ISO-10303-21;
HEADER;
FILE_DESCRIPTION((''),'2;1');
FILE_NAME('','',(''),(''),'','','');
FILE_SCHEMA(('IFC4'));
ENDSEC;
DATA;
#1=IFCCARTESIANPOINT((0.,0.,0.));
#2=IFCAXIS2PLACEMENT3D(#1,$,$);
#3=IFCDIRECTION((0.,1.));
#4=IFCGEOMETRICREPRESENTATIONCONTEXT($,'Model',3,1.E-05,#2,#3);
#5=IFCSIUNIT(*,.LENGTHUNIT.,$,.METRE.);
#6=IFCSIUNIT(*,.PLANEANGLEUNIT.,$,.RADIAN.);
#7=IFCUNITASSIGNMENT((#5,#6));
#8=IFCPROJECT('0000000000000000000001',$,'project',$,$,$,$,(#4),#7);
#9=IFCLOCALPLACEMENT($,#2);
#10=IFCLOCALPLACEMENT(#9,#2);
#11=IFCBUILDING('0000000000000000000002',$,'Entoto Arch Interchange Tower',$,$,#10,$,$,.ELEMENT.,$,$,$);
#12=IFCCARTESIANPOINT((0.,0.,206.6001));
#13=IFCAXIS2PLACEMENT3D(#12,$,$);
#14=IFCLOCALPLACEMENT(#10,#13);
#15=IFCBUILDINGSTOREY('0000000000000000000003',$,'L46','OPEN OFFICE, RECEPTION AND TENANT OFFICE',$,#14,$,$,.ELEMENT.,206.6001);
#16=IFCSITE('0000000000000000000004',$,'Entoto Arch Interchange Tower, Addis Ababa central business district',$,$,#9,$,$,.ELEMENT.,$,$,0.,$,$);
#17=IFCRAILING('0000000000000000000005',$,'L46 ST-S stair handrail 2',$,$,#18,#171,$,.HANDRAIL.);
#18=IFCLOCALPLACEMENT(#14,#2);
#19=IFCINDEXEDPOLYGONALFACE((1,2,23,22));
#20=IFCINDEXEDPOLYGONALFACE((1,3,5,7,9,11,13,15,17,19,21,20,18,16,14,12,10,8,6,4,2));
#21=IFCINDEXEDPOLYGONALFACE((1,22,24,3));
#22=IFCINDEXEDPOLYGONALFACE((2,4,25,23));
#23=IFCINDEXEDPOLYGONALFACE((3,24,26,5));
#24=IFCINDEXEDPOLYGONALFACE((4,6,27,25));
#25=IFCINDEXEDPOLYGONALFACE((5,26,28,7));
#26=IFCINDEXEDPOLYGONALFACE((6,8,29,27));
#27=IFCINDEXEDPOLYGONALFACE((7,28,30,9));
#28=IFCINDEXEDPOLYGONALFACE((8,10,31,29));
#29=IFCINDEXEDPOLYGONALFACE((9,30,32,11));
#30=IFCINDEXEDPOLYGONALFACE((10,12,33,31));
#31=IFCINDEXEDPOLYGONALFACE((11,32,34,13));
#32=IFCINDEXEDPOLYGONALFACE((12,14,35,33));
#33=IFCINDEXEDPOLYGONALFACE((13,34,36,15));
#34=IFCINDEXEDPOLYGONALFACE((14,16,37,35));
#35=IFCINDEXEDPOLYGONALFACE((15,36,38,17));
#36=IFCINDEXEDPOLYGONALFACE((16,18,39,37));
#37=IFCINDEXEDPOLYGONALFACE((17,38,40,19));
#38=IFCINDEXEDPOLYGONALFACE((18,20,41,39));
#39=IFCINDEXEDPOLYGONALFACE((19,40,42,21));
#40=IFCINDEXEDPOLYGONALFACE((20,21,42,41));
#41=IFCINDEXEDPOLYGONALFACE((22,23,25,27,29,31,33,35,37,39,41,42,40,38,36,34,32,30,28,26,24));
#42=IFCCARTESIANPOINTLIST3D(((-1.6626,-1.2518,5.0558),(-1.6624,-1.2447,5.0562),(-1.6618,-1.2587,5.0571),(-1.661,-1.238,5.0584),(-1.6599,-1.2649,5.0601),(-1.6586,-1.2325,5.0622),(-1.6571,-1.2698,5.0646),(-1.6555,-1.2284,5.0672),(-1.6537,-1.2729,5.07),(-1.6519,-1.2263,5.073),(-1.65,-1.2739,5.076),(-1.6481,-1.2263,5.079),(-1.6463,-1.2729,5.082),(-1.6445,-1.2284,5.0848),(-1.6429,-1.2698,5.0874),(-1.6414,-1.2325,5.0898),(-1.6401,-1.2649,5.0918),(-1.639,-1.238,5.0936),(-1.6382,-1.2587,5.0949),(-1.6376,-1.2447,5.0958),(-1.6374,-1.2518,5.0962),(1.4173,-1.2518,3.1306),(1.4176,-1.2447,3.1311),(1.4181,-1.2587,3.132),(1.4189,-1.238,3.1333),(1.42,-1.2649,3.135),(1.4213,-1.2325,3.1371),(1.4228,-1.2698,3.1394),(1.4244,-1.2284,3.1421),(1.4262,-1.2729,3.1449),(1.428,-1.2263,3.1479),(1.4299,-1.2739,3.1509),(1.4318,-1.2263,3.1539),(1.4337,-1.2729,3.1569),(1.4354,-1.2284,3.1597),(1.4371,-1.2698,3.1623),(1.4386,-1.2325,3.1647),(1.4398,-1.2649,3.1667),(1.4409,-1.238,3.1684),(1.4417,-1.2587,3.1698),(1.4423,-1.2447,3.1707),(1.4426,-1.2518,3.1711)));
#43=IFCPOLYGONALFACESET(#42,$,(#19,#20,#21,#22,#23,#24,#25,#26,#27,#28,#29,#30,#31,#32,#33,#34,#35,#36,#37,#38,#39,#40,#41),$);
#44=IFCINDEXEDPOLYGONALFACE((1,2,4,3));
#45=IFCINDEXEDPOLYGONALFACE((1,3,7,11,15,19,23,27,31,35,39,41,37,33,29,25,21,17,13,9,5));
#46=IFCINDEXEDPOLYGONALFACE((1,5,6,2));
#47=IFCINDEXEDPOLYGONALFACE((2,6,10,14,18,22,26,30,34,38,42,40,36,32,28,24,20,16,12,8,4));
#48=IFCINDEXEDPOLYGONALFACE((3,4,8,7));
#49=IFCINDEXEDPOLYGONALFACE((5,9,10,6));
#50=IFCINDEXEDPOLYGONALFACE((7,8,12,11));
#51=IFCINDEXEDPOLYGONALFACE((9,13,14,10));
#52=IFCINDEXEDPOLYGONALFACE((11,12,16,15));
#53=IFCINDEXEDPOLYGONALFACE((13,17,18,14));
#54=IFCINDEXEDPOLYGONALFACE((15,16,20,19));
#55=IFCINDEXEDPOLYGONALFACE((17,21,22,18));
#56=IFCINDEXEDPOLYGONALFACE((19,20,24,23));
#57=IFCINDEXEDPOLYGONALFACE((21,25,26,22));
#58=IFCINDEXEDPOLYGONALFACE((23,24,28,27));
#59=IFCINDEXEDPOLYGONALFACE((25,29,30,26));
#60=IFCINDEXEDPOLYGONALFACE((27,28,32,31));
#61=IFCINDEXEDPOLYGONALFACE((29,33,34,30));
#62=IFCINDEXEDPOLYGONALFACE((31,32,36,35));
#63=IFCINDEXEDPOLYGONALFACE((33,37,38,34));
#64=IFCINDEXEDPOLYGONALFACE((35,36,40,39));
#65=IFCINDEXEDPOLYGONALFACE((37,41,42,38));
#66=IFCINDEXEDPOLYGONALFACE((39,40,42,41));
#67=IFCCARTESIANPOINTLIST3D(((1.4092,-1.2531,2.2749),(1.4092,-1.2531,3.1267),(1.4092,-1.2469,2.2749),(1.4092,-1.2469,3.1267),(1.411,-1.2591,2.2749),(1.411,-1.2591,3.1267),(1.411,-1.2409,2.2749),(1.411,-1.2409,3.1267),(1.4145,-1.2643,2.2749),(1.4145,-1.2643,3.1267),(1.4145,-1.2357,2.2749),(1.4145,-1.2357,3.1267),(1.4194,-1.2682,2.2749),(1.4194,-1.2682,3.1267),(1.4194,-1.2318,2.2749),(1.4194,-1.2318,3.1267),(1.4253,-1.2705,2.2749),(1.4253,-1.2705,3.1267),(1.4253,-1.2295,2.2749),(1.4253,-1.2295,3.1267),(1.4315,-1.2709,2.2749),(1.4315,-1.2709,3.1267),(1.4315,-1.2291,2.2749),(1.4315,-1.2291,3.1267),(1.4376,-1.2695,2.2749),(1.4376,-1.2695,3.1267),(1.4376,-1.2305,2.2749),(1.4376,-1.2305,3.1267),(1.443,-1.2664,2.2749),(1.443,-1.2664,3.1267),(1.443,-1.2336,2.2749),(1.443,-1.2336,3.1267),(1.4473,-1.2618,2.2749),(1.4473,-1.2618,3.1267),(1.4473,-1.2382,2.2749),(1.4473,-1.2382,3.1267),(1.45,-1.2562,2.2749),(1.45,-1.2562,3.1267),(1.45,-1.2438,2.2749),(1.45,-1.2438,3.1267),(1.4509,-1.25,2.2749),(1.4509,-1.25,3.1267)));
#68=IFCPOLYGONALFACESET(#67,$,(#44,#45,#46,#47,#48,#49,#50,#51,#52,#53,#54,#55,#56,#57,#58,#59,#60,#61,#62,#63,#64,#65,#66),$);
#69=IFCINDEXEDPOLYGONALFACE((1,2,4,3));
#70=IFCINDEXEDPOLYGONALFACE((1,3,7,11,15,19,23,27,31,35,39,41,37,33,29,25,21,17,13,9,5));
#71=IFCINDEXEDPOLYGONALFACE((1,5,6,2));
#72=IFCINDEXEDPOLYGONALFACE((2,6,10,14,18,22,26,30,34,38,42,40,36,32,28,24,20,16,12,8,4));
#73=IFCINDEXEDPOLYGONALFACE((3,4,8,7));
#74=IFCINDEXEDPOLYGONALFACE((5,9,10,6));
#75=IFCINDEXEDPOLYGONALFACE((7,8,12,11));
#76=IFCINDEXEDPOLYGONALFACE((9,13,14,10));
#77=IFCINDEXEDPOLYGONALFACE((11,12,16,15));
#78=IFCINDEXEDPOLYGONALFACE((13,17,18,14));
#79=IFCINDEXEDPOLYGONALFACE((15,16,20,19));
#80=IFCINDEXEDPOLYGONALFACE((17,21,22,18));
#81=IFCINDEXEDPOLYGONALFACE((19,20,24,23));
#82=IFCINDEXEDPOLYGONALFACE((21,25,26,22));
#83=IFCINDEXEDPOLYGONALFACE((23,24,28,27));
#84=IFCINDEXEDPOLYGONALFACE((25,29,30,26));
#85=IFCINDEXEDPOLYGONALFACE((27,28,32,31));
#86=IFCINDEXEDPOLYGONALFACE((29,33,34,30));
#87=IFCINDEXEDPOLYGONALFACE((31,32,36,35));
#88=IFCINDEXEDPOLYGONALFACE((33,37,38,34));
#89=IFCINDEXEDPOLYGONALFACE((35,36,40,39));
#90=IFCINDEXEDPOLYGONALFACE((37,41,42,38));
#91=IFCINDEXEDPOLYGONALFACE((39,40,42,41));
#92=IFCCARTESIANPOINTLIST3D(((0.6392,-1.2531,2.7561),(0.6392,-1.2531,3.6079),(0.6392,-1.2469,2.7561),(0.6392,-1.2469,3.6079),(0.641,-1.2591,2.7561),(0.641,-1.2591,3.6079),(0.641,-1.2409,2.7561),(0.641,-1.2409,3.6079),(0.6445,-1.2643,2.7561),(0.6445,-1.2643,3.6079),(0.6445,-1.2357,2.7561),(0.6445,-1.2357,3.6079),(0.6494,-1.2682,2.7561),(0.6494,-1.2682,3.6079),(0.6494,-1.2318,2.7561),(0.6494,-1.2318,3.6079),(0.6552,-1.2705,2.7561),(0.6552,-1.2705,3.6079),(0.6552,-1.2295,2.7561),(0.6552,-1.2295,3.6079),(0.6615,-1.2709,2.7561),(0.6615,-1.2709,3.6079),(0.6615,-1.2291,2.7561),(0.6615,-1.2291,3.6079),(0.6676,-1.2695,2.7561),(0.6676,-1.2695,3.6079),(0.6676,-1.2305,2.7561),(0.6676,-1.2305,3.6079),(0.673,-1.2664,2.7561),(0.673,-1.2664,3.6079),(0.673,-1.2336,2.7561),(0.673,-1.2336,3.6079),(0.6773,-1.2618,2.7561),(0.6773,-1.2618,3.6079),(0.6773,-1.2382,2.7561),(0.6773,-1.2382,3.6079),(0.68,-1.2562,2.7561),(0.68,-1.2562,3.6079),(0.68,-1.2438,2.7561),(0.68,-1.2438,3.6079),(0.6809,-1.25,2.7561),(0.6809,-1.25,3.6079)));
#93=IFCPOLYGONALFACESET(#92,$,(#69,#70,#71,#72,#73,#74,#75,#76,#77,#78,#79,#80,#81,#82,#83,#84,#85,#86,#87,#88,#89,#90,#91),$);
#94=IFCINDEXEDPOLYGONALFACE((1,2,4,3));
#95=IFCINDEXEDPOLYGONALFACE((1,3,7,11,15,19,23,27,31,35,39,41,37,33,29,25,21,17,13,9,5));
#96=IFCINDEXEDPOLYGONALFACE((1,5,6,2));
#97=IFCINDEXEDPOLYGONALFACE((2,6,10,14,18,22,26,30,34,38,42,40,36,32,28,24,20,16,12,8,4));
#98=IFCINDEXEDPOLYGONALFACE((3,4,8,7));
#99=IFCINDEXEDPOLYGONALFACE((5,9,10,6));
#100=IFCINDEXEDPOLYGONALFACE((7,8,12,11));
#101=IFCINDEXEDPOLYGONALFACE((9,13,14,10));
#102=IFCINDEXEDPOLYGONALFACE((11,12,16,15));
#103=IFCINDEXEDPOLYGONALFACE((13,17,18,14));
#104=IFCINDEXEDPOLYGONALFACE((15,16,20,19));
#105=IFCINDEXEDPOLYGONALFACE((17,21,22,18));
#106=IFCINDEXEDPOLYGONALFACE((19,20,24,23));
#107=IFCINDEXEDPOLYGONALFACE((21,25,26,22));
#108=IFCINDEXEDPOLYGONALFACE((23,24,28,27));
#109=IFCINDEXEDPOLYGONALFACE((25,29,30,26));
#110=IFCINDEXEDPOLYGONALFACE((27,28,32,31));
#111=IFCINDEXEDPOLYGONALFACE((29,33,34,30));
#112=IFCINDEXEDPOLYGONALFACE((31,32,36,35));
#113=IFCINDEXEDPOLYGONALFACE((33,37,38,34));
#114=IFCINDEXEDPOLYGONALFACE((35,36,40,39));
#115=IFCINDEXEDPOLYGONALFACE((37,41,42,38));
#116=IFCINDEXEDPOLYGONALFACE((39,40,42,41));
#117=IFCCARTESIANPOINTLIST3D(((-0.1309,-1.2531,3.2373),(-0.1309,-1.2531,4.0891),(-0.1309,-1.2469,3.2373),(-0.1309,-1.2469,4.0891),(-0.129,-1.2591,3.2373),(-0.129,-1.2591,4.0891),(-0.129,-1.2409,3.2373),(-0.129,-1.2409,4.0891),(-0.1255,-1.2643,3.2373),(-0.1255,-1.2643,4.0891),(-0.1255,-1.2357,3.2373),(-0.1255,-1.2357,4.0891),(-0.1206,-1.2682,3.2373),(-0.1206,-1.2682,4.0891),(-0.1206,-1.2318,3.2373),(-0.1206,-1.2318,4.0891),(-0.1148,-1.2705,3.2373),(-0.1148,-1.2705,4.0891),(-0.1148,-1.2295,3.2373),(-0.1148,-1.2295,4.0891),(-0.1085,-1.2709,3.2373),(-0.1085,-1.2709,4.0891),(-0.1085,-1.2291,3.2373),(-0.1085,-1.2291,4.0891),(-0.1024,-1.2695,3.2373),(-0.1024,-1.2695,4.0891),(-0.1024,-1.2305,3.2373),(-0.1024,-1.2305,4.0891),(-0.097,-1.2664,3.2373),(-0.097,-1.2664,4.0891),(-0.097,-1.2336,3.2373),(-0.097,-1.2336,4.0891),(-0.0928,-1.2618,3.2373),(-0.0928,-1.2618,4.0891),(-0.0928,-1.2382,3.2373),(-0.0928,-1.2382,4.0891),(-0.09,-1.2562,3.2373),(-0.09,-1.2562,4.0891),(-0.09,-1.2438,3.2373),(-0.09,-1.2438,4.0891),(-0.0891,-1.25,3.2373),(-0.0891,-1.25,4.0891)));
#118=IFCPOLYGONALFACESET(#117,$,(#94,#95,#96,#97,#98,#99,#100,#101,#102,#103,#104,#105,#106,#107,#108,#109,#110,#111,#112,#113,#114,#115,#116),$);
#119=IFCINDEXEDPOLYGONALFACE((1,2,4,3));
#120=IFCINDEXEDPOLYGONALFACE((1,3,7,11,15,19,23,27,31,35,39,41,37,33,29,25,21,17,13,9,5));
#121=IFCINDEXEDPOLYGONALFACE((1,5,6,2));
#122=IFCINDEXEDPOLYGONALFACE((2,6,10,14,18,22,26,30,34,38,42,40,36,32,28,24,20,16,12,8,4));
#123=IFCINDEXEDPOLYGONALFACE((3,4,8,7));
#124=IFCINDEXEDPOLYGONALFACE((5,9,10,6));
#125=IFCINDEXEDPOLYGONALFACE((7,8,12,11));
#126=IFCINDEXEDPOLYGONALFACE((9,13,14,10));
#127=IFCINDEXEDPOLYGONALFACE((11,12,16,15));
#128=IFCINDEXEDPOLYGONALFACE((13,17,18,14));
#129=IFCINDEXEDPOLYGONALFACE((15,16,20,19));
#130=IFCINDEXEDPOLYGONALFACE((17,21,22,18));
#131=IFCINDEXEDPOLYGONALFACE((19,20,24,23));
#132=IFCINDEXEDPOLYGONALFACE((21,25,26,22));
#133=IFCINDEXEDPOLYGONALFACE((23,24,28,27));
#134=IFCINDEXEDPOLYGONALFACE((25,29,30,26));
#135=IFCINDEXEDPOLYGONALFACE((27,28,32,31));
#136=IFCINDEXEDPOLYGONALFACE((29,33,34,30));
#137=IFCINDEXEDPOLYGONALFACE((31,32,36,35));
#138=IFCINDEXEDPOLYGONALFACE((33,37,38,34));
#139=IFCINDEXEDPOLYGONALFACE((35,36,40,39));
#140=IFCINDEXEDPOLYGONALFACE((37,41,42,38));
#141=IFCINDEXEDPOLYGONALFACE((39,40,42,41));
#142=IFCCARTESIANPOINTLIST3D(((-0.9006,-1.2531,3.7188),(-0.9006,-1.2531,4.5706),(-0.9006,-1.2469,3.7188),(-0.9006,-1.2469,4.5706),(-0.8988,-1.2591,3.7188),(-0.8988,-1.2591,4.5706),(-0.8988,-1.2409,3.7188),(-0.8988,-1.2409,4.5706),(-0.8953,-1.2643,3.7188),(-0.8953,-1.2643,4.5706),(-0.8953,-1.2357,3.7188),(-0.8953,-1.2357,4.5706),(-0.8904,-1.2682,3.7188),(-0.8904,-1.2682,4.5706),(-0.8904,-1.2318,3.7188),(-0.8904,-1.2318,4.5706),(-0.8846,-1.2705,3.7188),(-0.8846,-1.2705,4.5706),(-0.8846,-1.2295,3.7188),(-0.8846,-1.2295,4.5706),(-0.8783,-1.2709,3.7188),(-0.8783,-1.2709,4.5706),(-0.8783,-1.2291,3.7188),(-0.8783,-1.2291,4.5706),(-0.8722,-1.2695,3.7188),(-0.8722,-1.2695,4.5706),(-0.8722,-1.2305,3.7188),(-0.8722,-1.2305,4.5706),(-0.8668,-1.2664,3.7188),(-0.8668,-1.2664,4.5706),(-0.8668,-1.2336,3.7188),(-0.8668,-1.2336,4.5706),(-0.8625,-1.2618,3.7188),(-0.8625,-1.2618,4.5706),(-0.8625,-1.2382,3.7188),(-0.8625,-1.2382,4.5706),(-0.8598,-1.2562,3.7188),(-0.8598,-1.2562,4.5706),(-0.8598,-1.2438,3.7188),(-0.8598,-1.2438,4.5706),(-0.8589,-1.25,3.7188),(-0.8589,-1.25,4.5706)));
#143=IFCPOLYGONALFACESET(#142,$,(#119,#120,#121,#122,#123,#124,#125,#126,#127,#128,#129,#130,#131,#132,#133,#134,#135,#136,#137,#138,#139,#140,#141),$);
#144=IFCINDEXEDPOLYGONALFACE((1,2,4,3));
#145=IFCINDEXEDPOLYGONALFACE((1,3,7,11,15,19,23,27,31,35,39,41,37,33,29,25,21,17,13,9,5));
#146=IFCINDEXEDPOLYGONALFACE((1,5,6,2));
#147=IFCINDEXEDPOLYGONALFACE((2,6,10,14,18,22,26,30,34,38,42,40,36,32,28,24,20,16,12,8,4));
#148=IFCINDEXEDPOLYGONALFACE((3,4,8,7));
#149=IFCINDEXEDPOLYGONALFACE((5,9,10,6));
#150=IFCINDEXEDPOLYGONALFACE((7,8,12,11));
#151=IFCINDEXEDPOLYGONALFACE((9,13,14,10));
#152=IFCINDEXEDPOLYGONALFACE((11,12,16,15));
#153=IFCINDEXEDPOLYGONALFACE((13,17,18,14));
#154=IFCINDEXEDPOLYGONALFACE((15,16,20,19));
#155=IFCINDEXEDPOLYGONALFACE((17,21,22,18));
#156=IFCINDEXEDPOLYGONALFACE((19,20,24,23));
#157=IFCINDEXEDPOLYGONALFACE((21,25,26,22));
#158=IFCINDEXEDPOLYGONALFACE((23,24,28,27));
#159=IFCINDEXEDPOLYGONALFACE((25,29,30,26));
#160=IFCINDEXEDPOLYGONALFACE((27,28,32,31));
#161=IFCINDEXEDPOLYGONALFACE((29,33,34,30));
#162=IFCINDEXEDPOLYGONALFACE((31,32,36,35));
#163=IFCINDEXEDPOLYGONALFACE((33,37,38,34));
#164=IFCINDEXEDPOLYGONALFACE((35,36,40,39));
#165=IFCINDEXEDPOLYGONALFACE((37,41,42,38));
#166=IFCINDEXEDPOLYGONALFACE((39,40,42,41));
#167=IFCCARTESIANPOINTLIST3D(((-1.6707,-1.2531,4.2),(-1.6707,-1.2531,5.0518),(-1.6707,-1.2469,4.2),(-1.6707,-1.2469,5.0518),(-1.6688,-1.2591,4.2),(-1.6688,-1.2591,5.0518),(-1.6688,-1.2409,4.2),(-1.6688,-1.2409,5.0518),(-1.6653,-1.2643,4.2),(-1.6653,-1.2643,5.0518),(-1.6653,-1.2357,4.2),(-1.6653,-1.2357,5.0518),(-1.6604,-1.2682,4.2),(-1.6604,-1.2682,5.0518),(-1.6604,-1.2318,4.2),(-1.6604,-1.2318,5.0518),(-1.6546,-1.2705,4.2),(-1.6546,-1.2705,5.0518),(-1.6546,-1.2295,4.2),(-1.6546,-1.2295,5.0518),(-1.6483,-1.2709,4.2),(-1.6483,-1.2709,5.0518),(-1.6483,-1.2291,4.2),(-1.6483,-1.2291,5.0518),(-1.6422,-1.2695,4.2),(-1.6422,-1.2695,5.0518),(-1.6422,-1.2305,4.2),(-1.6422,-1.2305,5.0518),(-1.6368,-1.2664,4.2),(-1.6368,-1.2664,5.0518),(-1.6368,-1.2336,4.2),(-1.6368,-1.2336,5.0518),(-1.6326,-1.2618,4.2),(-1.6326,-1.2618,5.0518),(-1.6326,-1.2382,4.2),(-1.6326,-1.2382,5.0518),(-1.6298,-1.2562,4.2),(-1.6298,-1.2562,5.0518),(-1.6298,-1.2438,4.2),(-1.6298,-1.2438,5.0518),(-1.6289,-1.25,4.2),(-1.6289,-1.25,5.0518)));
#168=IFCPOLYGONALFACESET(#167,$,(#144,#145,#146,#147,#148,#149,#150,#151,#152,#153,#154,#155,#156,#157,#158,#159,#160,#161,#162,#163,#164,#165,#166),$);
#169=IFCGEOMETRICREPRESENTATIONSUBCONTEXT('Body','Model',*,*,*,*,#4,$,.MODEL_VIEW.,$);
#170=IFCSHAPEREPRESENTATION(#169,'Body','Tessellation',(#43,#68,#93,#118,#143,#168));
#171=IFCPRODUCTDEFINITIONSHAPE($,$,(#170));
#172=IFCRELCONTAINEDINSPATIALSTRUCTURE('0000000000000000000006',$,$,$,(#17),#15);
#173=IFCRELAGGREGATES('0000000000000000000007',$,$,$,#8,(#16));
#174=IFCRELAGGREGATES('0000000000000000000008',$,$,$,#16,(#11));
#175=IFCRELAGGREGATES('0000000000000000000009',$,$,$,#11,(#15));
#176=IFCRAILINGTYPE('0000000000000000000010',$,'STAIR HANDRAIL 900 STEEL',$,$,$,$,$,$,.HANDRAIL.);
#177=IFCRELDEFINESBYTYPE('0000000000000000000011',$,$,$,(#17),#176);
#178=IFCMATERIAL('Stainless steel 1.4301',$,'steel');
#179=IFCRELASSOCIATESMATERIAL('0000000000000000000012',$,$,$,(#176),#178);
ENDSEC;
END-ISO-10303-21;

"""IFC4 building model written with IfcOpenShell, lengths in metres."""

from ifc_helpers import new_model, si_unit, direction, frame, origin, origin_2d, place, context, subcontext, project, spatial, circle, extrude, material, type_object, element, save


model = new_model("IFC4")

# Units and contexts
model_context = context("Model", 3, precision=1e-05, world=origin(), true_north=direction((0.0, 1.0)))
body_context = subcontext(model_context, "Body", "Model", "MODEL_VIEW")
ifc_project = project(units=[si_unit("LENGTHUNIT", "METRE"), si_unit("PLANEANGLEUNIT", "RADIAN")], contexts=[model_context])

# Site, building, storey
site_placement = place(None, origin())
site = spatial("IfcSite", under=ifc_project, at=site_placement, Name="Entoto Arch Interchange Tower, Addis Ababa central business district", CompositionType="ELEMENT", RefElevation=0.0)
building_placement = place(site_placement, origin())
building = spatial("IfcBuilding", under=site, at=building_placement, Name="Entoto Arch Interchange Tower", CompositionType="ELEMENT")
storey_placement = place(building_placement, frame((0.0, 0.0, 206.6001)))
storey = spatial("IfcBuildingStorey", under=building, at=storey_placement, Name="L46", Description="OPEN OFFICE, RECEPTION AND TENANT OFFICE", CompositionType="ELEMENT", Elevation=206.6001)

# Railing
ifc_material_1 = material(Name="Stainless steel 1.4301", Category="steel")
railing_type_1 = type_object("IfcRailingType", Name="STAIR HANDRAIL 900 STEEL", PredefinedType="HANDRAIL", material=ifc_material_1)
railing_1_placement = place(storey_placement, frame((1.4299, -1.25, 2.2749)))
element("IfcRailing", 1, at=railing_1_placement, inside=storey, type_object=railing_type_1, Name="L46 ST-S stair handrail 2", PredefinedType="HANDRAIL", context=body_context, shape_type="SweptSolid", body=[
    extrude(circle(Radius=0.0239, at=origin_2d()), frame((0.0, 0.0, 0.876), z_axis=(-0.847979, 0.0, 0.530029), x_axis=(0.0, -1.0, 0.0)), (0.0, 0.0, 1.0), 3.6321),
    extrude(circle(Radius=0.021, at=origin_2d()), origin(), (0.0, 0.0, 1.0), 0.8518),
    extrude(circle(Radius=0.021, at=origin_2d()), frame((-0.77, 0.0, 0.4812)), (0.0, 0.0, 1.0), 0.8518),
    extrude(circle(Radius=0.021, at=origin_2d()), frame((-1.54, 0.0, 0.9624)), (0.0, 0.0, 1.0), 0.8518),
    extrude(circle(Radius=0.021, at=origin_2d()), frame((-2.3098, 0.0, 1.4438)), (0.0, 0.0, 1.0), 0.8518),
    extrude(circle(Radius=0.021, at=origin_2d()), frame((-3.0798, 0.0, 1.925)), (0.0, 0.0, 1.0), 0.8518),
])

save(model, "model.ifc")
